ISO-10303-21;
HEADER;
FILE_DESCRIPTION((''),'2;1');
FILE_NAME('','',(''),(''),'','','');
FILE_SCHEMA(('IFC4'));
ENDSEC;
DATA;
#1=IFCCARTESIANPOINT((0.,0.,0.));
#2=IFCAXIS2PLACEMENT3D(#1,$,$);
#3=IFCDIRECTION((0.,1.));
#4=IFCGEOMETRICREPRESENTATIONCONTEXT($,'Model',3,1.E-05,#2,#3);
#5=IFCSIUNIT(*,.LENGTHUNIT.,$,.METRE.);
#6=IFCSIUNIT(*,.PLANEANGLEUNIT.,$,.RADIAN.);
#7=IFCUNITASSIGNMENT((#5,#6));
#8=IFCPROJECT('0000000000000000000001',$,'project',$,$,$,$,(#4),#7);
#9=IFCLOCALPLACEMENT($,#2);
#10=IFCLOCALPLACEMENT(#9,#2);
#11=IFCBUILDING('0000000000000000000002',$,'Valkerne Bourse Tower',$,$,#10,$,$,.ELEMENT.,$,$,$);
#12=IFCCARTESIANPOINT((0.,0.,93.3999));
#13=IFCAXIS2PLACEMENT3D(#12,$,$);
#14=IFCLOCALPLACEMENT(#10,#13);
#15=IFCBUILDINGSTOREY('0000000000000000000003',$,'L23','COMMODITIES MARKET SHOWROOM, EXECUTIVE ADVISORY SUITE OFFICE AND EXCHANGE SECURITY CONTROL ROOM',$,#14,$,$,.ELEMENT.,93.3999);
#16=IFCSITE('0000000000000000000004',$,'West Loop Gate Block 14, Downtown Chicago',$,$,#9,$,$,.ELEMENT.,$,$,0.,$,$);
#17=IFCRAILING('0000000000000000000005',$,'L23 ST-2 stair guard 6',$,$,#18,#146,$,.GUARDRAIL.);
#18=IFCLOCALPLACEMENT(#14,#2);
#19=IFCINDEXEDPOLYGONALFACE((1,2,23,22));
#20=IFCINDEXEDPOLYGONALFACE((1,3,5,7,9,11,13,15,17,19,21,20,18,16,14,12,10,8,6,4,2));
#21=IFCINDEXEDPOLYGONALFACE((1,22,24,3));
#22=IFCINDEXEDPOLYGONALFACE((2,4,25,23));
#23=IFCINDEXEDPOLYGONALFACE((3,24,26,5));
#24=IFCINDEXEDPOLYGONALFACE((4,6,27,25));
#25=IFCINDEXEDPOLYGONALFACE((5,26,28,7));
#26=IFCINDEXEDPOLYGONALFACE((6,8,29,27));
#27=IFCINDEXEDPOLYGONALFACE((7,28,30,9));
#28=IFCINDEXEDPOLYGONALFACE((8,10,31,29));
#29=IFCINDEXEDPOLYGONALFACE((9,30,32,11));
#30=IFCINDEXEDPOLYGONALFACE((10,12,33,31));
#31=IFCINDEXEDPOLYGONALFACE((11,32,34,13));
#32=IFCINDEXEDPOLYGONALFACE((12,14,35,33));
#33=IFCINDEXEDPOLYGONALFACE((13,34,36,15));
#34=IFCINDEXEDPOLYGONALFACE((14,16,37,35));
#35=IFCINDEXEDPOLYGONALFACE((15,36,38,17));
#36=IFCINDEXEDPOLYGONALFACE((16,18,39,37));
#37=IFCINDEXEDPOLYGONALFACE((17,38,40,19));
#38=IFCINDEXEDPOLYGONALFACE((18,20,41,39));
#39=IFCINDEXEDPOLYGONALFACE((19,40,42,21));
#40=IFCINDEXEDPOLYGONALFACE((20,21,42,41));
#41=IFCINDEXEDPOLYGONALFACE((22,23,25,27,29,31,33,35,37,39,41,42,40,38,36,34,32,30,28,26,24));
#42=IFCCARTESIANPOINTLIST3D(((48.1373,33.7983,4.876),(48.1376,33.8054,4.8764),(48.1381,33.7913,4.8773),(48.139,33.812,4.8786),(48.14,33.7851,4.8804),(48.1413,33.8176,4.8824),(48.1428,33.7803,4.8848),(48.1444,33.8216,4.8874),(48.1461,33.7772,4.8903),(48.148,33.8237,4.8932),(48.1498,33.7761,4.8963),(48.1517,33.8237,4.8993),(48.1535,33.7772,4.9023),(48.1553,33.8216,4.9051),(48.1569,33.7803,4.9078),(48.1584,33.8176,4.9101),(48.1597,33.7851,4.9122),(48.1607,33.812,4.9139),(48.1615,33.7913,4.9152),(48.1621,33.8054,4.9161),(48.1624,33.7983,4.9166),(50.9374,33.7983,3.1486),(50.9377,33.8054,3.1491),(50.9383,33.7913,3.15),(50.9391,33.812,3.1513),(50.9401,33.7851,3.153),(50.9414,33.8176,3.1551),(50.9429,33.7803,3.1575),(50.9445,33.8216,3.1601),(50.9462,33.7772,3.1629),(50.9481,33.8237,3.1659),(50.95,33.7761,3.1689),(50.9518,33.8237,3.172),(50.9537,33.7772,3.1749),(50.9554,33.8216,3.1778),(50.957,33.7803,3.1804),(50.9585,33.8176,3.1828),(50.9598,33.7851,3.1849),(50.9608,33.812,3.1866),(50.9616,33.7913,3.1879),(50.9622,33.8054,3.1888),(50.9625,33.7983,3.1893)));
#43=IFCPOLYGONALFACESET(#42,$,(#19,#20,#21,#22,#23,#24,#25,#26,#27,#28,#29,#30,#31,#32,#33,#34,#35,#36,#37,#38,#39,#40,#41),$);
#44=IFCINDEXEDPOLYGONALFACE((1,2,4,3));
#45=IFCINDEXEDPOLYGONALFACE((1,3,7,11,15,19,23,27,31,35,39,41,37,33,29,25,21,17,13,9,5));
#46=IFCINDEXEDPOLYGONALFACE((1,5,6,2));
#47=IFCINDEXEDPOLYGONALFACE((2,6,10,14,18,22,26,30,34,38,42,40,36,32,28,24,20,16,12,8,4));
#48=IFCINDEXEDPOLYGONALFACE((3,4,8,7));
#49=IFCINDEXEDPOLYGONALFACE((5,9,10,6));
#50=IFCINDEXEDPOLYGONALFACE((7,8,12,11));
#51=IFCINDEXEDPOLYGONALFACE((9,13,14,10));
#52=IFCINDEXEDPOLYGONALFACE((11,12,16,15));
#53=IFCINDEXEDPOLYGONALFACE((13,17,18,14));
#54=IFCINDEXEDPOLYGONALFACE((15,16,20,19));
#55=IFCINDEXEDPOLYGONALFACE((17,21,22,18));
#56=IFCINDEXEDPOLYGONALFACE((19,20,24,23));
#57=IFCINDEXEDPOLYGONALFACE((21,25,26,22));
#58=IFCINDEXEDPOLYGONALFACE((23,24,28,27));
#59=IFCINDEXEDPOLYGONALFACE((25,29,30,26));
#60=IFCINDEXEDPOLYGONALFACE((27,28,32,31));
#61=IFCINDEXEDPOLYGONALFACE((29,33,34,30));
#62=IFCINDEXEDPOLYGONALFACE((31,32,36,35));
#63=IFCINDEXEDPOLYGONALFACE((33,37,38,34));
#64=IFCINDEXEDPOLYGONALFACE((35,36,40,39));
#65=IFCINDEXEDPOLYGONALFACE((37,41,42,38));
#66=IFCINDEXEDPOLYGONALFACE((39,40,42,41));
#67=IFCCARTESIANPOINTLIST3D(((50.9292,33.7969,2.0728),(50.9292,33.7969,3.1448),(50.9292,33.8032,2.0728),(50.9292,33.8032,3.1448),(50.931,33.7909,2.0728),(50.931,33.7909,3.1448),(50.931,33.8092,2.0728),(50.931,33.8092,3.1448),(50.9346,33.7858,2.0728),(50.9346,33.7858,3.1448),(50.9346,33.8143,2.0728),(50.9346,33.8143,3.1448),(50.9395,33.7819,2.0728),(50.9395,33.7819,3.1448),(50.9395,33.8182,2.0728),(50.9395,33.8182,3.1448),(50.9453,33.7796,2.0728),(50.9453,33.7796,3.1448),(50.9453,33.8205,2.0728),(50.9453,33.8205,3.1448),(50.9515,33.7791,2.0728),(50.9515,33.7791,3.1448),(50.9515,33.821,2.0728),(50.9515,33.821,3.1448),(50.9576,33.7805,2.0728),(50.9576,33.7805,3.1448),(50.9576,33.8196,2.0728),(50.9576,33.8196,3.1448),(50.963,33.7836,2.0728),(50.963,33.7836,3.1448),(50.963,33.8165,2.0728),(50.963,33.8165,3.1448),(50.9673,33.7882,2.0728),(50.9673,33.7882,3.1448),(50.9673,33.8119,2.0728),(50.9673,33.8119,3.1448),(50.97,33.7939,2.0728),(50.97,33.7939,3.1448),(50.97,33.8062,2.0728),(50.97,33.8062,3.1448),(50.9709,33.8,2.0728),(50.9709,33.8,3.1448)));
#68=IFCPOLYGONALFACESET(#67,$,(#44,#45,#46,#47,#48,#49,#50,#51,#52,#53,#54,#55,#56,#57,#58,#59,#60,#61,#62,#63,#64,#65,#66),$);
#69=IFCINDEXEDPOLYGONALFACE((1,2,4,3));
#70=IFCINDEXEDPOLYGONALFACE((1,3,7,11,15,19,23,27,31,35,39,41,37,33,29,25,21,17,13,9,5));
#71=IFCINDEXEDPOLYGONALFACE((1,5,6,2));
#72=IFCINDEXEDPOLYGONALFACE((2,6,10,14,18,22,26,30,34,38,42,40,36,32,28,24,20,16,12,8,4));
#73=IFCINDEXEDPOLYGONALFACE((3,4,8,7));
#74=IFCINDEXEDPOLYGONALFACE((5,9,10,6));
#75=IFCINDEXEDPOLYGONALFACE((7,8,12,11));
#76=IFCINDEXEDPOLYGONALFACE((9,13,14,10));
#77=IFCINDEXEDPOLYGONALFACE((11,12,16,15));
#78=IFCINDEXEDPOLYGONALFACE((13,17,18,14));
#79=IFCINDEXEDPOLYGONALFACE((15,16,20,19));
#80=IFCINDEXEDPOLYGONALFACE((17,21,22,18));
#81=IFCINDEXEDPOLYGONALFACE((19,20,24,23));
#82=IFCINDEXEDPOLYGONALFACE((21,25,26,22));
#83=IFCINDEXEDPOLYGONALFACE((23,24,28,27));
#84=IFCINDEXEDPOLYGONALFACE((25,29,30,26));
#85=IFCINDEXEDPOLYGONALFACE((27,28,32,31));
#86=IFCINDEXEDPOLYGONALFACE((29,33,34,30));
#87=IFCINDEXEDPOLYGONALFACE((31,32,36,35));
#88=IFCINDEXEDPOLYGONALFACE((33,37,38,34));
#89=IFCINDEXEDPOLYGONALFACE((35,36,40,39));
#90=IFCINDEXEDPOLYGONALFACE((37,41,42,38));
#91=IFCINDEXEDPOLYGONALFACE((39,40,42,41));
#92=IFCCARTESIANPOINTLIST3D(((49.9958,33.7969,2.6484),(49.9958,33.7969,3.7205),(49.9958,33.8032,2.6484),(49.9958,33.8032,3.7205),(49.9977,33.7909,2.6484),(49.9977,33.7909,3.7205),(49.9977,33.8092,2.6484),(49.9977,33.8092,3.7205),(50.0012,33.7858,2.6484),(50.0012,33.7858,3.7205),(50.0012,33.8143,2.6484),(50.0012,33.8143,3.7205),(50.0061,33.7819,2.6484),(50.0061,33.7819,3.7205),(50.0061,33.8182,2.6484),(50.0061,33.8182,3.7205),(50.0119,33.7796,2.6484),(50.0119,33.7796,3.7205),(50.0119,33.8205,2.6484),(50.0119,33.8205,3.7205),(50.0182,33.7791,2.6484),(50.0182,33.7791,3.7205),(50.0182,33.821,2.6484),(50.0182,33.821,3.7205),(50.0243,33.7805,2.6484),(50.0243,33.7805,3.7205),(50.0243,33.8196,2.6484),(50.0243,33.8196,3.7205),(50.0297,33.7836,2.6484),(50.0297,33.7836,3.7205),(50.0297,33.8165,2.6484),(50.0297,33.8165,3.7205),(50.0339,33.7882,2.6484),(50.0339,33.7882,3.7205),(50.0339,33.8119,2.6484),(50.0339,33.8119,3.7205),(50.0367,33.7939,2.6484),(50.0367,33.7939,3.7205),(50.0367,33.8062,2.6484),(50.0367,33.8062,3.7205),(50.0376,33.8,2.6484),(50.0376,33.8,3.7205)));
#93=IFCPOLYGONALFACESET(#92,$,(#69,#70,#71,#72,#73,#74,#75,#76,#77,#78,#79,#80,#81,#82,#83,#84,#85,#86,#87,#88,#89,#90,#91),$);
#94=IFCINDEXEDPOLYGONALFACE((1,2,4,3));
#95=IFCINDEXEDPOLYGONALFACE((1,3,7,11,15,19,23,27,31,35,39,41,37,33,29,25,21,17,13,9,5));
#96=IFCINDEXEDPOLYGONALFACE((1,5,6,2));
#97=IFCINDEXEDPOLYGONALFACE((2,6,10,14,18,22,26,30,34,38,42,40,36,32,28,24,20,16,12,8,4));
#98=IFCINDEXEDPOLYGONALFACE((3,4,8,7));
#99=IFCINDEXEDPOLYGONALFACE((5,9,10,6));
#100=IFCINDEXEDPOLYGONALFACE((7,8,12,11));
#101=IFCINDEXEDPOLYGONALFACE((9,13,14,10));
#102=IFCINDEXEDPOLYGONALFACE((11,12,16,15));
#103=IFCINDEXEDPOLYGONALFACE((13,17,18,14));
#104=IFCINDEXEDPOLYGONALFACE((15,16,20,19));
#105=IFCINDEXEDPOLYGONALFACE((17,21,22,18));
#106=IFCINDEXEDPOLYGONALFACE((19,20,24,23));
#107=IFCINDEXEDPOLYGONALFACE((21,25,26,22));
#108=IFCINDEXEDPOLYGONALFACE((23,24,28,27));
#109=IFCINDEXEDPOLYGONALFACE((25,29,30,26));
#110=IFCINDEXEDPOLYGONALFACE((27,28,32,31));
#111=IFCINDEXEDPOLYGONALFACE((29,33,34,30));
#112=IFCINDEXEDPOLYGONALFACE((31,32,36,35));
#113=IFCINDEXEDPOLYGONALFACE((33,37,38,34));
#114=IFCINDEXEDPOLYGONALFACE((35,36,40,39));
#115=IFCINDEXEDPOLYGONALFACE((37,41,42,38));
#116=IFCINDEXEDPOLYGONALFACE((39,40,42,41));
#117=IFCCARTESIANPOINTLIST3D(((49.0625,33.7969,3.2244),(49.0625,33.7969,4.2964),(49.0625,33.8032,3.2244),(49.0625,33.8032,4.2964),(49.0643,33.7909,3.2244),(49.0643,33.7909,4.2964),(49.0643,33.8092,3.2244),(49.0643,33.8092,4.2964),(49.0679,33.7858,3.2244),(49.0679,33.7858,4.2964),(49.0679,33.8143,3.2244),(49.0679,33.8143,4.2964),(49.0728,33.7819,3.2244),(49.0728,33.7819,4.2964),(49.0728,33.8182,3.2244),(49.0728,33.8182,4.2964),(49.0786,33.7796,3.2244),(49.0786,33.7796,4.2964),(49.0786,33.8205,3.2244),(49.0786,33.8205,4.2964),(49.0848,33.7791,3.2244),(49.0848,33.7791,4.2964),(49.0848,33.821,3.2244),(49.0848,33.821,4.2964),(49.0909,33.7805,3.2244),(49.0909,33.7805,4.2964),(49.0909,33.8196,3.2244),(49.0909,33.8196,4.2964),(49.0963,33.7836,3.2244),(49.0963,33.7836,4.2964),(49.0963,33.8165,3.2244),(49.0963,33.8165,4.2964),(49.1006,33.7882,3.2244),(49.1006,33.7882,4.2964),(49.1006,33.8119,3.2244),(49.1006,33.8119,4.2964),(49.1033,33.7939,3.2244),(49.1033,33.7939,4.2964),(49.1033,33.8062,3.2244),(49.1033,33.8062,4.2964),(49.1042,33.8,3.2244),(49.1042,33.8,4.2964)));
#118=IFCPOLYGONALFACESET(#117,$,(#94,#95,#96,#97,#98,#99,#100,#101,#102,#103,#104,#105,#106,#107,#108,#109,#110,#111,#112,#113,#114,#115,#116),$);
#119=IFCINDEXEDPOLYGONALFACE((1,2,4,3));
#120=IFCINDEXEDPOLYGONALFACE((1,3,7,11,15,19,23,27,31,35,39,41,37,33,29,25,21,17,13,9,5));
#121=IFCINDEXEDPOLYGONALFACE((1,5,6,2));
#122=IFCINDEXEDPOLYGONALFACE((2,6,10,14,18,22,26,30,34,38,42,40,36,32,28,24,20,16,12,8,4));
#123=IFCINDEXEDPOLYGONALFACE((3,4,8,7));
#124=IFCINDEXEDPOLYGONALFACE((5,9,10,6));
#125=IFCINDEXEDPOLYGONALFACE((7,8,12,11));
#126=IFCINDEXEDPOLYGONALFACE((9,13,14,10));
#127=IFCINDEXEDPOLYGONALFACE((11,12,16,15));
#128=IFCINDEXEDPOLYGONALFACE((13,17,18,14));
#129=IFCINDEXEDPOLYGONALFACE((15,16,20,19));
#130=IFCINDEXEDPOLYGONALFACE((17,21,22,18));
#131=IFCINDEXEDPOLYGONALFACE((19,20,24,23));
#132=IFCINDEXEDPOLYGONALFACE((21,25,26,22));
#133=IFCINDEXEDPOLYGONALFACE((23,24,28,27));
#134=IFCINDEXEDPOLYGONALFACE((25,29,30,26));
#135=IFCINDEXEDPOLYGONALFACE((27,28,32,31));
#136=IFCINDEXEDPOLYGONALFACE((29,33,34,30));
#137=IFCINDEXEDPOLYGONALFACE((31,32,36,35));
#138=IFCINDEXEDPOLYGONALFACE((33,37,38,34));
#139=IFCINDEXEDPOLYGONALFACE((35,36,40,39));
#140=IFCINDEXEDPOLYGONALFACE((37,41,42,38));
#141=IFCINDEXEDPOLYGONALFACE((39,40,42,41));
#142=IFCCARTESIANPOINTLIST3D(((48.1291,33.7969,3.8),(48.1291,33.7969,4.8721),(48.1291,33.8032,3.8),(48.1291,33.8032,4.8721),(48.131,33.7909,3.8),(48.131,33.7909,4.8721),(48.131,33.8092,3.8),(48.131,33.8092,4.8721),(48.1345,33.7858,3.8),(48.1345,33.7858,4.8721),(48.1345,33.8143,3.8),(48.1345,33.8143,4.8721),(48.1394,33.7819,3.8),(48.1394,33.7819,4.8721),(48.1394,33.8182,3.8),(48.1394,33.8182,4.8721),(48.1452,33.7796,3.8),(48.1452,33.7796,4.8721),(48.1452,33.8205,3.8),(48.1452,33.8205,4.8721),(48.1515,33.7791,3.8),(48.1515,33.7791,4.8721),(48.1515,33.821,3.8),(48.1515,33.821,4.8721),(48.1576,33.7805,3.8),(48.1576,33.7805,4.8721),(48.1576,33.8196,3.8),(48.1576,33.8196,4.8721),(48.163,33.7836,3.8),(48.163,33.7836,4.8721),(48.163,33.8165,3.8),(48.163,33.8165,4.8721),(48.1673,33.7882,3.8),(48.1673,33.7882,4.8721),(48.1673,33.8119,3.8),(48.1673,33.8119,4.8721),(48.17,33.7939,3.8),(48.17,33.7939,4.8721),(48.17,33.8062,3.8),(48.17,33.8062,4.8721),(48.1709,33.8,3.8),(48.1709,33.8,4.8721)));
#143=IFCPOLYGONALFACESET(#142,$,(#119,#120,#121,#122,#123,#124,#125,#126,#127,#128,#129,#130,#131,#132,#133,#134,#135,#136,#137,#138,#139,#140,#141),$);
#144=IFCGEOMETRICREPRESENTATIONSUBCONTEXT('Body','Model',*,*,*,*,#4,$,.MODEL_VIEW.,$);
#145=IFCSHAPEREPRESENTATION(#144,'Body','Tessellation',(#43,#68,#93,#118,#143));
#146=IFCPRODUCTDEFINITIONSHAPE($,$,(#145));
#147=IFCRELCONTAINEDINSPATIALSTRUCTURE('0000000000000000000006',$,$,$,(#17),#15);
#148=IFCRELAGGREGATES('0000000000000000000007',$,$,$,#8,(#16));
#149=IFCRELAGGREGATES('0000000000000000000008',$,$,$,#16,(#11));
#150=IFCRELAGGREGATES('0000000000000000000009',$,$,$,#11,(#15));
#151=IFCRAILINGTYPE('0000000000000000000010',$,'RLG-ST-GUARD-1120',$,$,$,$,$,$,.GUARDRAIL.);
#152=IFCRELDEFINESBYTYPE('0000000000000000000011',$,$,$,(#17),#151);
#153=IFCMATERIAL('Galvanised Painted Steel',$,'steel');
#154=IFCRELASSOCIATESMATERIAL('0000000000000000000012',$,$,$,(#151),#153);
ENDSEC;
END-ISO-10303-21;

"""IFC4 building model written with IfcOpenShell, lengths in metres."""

from ifc_helpers import new_model, si_unit, direction, frame, origin, origin_2d, place, context, subcontext, project, spatial, circle, extrude, material, type_object, element, save


model = new_model("IFC4")

# Units and contexts
model_context = context("Model", 3, precision=1e-05, world=origin(), true_north=direction((0.0, 1.0)))
body_context = subcontext(model_context, "Body", "Model", "MODEL_VIEW")
ifc_project = project(units=[si_unit("LENGTHUNIT", "METRE"), si_unit("PLANEANGLEUNIT", "RADIAN")], contexts=[model_context])

# Site, building, storey
site_placement = place(None, origin())
site = spatial("IfcSite", under=ifc_project, at=site_placement, Name="West Loop Gate Block 14, Downtown Chicago", CompositionType="ELEMENT", RefElevation=0.0)
building_placement = place(site_placement, origin())
building = spatial("IfcBuilding", under=site, at=building_placement, Name="Valkerne Bourse Tower", CompositionType="ELEMENT")
storey_placement = place(building_placement, frame((0.0, 0.0, 93.3999)))
storey = spatial("IfcBuildingStorey", under=building, at=storey_placement, Name="L23", Description="COMMODITIES MARKET SHOWROOM, EXECUTIVE ADVISORY SUITE OFFICE AND EXCHANGE SECURITY CONTROL ROOM", CompositionType="ELEMENT", Elevation=93.3999)

# Shared definitions
ifc_material_1 = material(Name="Galvanised Painted Steel", Category="steel")

# Railing
railing_type_1 = type_object("IfcRailingType", Name="RLG-ST-GUARD-1120", PredefinedType="GUARDRAIL", material=ifc_material_1)
railing_1_placement = place(storey_placement, frame((50.95, 33.8, 2.0728)))
element("IfcRailing", 1, at=railing_1_placement, inside=storey, type_object=railing_type_1, Name="L23 ST-2 stair guard 6", PredefinedType="GUARDRAIL", context=body_context, shape_type="SweptSolid", body=[
    extrude(circle(Radius=0.0239, at=origin_2d()), frame((0.0, 0.0, 1.0962), z_axis=(-0.85109, 0.0, 0.52502), x_axis=(0.0, -1.0, 0.0)), (0.0, 0.0, 1.0), 3.29),
    extrude(circle(Radius=0.021, at=origin_2d()), origin(), (0.0, 0.0, 1.0), 1.072),
    extrude(circle(Radius=0.021, at=origin_2d()), frame((-0.9333, 0.0, 0.5757)), (0.0, 0.0, 1.0), 1.072),
    extrude(circle(Radius=0.021, at=origin_2d()), frame((-1.8667, 0.0, 1.1516)), (0.0, 0.0, 1.0), 1.072),
    extrude(circle(Radius=0.021, at=origin_2d()), frame((-2.8, 0.0, 1.7273)), (0.0, 0.0, 1.0), 1.072),
])

save(model, "model.ifc")
